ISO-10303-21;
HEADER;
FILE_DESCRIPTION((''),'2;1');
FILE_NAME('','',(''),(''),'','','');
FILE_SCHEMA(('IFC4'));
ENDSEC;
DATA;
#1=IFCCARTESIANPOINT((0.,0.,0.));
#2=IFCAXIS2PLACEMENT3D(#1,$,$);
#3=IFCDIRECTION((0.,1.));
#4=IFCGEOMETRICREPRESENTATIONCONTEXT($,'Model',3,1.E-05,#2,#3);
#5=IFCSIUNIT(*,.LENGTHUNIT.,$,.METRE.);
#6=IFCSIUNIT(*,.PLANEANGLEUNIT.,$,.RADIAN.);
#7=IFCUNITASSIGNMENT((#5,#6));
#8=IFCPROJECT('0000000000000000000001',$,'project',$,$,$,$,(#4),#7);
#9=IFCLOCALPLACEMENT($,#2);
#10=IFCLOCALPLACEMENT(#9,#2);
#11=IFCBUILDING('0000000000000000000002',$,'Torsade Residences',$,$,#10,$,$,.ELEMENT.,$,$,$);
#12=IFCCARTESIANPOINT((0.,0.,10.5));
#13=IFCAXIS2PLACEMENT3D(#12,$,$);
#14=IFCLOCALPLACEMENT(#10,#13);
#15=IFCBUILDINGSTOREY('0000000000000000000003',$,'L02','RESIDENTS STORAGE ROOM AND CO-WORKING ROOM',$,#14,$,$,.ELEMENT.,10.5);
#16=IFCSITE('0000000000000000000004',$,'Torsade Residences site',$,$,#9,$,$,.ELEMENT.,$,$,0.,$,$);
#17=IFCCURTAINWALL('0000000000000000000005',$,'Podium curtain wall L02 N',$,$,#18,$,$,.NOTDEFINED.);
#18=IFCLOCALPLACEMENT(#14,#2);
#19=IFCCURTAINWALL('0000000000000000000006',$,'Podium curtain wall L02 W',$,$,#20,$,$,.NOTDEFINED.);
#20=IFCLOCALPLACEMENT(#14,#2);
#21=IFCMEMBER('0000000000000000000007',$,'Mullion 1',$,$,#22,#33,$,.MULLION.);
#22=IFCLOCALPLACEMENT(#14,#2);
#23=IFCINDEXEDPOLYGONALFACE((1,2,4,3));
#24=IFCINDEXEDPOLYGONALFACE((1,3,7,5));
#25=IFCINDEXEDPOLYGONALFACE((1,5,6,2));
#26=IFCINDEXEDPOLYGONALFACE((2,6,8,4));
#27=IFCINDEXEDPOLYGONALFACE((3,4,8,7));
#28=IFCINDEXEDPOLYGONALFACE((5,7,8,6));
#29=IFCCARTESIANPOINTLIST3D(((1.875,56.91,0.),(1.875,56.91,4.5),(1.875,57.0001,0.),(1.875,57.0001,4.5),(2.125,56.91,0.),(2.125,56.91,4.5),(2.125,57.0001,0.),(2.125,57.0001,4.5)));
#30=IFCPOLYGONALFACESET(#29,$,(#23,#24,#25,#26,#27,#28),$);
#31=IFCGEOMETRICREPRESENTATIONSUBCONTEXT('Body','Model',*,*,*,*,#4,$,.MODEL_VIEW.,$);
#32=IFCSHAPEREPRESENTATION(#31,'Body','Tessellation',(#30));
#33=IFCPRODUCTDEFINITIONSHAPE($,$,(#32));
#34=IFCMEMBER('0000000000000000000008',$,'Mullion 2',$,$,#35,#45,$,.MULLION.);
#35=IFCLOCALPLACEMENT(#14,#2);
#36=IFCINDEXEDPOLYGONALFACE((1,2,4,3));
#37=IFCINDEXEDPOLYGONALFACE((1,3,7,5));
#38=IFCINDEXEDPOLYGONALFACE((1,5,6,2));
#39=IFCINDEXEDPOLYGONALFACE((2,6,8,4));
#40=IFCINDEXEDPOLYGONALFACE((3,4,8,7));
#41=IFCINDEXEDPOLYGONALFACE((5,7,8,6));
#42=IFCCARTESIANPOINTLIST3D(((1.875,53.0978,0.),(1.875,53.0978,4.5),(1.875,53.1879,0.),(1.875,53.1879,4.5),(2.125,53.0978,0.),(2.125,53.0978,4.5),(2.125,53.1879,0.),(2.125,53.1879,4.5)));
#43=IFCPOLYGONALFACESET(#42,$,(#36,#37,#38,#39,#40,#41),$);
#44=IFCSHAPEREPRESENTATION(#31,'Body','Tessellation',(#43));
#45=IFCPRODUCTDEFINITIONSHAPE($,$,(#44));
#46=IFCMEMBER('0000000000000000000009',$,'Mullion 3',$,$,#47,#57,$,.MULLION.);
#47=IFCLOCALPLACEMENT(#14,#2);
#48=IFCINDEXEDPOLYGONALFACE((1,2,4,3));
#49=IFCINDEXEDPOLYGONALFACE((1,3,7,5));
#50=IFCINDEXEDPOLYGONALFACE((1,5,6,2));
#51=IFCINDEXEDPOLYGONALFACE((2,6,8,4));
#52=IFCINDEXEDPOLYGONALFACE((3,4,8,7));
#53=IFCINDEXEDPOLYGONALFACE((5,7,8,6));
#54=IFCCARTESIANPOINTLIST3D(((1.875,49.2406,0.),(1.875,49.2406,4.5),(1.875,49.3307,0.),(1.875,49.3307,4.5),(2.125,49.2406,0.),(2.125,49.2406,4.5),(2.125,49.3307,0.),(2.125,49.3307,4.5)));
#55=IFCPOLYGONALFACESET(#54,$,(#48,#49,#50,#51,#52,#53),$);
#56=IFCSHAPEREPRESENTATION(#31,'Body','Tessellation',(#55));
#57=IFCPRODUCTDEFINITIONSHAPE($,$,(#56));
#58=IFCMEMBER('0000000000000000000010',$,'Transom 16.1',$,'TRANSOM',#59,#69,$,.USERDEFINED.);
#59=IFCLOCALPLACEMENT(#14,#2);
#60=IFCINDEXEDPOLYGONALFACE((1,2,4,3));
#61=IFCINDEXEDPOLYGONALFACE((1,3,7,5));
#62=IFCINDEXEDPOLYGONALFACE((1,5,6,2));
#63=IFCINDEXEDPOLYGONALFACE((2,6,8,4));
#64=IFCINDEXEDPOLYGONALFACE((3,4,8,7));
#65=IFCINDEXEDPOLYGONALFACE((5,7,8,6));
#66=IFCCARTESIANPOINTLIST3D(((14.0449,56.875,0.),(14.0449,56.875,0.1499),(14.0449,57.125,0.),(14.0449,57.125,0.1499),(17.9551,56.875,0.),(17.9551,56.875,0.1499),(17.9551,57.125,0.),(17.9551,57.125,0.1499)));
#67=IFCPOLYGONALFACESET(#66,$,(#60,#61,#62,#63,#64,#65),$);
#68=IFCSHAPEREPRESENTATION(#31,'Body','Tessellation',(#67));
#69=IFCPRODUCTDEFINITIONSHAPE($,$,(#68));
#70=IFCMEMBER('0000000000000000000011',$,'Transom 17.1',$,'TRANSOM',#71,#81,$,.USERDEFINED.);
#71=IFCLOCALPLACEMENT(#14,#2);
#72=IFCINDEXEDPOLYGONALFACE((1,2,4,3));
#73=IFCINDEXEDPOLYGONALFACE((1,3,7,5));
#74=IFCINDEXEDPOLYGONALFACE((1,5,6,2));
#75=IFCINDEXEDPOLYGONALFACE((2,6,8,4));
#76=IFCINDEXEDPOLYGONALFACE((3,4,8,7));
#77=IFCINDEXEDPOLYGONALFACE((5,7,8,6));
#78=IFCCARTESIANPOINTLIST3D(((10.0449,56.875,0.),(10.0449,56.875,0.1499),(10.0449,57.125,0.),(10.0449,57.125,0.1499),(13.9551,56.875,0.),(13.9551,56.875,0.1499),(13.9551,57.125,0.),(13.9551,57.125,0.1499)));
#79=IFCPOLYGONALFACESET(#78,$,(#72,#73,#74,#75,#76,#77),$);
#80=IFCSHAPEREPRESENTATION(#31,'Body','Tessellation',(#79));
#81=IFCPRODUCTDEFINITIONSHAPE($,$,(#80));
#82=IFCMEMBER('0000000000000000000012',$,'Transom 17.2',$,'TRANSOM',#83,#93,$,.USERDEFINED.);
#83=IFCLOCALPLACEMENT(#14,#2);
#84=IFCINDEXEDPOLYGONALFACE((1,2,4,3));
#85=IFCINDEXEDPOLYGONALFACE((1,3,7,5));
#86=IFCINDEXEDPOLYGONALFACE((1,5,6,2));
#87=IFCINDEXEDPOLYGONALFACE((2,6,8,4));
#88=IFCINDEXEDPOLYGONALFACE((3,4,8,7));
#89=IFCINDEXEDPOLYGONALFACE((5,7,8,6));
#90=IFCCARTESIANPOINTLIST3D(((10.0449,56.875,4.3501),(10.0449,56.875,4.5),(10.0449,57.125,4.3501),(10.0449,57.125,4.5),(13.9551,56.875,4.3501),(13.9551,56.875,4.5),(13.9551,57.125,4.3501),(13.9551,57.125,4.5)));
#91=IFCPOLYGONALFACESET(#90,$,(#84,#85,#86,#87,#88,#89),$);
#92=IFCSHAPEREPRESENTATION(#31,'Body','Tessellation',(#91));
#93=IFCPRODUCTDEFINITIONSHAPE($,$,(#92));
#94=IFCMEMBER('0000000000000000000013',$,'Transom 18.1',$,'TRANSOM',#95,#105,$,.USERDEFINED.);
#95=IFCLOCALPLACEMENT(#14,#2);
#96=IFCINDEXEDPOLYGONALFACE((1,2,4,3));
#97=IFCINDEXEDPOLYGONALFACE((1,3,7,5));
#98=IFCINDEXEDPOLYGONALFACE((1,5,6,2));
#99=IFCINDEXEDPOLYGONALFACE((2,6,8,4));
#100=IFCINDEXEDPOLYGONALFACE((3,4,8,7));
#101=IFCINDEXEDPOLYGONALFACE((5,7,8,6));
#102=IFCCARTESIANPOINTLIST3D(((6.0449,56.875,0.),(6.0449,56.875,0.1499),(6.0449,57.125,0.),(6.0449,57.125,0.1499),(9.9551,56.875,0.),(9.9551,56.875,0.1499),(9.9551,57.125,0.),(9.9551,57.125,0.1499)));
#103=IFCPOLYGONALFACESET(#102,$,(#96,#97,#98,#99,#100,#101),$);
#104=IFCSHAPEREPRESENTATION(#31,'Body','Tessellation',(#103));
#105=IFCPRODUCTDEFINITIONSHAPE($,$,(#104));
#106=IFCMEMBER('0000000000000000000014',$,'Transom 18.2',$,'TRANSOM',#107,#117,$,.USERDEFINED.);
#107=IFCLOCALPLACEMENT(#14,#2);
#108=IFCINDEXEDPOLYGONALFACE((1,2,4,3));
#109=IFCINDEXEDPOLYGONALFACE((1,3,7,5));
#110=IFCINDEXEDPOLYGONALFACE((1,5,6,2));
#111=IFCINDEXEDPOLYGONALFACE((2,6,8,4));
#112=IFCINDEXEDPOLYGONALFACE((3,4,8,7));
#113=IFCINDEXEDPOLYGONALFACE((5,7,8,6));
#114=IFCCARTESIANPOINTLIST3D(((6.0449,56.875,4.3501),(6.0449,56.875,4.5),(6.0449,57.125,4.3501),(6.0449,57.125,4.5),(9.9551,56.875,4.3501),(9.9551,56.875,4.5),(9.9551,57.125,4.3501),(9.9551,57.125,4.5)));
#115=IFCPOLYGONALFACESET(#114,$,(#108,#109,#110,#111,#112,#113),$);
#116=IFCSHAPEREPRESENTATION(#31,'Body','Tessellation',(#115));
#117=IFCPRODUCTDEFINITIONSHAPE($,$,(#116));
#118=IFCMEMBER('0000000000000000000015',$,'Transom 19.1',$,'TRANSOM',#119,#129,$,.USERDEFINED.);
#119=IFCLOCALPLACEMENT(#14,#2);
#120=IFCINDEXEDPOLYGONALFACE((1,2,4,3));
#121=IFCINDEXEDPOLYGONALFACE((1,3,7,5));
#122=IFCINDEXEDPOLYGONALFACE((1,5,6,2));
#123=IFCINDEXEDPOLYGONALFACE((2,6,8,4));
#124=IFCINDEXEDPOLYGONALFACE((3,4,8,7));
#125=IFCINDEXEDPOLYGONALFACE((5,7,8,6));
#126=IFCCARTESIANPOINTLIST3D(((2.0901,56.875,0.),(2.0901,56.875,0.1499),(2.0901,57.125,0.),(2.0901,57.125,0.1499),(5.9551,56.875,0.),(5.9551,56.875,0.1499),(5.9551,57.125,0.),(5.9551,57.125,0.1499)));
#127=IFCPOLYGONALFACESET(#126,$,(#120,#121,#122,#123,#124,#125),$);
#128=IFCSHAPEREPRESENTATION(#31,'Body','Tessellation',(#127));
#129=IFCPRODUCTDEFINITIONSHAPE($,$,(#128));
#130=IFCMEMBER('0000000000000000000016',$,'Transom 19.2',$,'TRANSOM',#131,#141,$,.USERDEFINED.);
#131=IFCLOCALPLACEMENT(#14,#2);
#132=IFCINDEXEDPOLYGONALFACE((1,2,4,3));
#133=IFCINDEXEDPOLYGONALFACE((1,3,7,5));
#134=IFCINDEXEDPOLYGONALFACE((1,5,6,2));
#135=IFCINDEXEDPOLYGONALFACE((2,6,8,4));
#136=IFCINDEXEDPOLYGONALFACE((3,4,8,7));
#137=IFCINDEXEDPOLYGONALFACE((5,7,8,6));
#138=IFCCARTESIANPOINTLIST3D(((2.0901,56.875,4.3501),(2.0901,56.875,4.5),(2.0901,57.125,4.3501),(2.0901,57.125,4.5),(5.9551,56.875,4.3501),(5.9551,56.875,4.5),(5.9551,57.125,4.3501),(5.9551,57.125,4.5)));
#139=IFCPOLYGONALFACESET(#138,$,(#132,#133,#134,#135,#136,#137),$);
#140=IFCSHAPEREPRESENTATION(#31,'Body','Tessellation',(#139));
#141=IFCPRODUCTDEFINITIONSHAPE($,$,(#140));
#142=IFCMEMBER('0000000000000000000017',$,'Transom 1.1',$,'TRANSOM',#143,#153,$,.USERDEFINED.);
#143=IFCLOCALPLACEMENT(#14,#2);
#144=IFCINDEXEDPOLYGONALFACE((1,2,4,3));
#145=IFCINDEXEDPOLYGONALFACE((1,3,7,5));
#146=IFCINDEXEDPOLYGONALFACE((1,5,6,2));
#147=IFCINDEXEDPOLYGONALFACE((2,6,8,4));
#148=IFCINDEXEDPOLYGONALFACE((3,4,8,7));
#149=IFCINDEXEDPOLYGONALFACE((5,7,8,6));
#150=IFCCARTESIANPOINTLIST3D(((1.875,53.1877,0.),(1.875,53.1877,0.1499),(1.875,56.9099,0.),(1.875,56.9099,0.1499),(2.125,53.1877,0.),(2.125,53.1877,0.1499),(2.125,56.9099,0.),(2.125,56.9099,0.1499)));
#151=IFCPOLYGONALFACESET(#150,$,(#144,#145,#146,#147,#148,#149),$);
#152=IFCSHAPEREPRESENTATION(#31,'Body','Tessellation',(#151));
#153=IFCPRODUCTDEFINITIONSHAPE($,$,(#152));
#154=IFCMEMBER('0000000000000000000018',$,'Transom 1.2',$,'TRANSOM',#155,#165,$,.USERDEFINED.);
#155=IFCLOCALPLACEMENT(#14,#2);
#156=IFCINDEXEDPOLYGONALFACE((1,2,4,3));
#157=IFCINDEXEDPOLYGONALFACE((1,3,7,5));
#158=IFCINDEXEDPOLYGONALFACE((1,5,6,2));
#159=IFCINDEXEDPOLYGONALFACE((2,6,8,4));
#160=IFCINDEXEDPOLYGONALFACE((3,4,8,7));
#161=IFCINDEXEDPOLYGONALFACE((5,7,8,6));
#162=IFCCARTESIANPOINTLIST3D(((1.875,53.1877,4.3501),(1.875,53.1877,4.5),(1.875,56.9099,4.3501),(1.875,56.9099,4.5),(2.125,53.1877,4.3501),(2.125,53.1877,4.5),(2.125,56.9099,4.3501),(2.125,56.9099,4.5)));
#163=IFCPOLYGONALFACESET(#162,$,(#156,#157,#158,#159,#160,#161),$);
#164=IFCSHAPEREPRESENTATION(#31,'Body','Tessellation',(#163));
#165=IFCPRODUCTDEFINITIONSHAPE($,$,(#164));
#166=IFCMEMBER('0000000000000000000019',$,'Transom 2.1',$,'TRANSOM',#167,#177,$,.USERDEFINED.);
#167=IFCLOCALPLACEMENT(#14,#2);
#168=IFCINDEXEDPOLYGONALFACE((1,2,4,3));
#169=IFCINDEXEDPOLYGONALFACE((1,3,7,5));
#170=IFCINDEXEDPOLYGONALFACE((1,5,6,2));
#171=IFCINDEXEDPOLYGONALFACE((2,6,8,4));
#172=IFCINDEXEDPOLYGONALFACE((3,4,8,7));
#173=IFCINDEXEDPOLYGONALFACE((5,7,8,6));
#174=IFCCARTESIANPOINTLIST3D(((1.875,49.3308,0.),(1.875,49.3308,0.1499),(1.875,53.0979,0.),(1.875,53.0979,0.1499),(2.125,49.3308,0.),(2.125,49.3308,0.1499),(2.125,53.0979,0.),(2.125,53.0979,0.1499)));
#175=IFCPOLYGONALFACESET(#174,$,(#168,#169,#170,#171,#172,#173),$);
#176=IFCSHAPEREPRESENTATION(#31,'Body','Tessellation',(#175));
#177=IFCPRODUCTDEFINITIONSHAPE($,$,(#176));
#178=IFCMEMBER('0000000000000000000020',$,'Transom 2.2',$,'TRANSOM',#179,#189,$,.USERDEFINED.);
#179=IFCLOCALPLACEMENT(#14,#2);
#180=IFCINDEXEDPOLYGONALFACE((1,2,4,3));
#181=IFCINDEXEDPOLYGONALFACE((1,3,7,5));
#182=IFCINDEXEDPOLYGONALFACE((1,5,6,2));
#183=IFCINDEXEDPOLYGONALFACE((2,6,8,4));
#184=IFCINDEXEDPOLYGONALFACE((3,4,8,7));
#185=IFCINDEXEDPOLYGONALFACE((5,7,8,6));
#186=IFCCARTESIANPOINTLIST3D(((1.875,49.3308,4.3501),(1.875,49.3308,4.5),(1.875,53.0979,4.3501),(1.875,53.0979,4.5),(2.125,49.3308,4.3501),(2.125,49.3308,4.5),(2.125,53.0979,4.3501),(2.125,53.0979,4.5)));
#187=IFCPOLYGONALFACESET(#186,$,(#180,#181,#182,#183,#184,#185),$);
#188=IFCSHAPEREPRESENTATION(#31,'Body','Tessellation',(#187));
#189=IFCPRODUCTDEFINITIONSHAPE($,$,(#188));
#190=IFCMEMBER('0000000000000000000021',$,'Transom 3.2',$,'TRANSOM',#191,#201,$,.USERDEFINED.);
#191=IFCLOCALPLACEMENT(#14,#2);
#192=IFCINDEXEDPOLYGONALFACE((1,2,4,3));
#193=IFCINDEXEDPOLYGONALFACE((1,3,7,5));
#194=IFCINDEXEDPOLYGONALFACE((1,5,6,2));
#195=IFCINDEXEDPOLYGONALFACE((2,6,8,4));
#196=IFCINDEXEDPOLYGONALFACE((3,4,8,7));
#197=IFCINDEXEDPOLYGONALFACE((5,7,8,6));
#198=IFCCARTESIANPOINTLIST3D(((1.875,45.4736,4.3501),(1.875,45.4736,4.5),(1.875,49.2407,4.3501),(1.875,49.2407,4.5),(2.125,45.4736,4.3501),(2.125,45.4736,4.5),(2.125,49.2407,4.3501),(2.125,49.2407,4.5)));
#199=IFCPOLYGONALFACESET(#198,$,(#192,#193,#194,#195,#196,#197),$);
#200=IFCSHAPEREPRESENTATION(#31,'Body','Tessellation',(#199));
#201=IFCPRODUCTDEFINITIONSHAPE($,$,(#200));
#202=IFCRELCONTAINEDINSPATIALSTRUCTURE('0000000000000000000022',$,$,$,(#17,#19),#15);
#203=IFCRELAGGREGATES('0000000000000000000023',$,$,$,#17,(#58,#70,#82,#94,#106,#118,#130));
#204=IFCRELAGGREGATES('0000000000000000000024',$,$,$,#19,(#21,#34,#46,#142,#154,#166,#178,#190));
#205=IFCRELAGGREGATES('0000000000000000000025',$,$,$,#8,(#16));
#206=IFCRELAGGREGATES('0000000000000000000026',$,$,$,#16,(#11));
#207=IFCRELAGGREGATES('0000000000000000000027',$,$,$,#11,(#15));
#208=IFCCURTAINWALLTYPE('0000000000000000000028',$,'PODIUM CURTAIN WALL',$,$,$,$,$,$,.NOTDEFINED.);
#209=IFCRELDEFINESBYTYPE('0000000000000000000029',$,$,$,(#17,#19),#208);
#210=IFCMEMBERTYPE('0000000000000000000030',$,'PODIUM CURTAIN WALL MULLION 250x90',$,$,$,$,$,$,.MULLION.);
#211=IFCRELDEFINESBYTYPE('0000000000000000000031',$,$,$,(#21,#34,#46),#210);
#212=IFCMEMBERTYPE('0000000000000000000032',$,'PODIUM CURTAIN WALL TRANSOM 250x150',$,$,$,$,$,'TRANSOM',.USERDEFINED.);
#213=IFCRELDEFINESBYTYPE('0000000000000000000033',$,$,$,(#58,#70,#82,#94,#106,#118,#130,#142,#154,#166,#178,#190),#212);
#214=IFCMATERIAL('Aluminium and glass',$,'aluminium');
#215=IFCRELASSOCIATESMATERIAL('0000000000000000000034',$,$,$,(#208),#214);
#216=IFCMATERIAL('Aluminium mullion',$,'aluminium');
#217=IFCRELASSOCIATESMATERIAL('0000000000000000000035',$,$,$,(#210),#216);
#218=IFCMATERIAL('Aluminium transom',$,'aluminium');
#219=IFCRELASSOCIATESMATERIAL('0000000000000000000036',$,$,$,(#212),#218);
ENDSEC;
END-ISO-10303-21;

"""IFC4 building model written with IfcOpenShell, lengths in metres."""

from ifc_helpers import new_model, si_unit, direction, frame, origin, origin_2d, place, context, subcontext, project, spatial, rectangle, extrude, material, material_profile, profile_set, type_object, element, aggregate, save


model = new_model("IFC4")

# Units and contexts
model_context = context("Model", 3, precision=1e-05, world=origin(), true_north=direction((0.0, 1.0)))
body_context = subcontext(model_context, "Body", "Model", "MODEL_VIEW")
ifc_project = project(units=[si_unit("LENGTHUNIT", "METRE"), si_unit("PLANEANGLEUNIT", "RADIAN")], contexts=[model_context])

# Site, building, storey
site_placement = place(None, origin())
site = spatial("IfcSite", under=ifc_project, at=site_placement, Name="Torsade Residences site", CompositionType="ELEMENT", RefElevation=0.0)
building_placement = place(site_placement, origin())
building = spatial("IfcBuilding", under=site, at=building_placement, Name="Torsade Residences", CompositionType="ELEMENT")
storey_placement = place(building_placement, frame((0.0, 0.0, 10.5)))
storey = spatial("IfcBuildingStorey", under=building, at=storey_placement, Name="L02", Description="RESIDENTS STORAGE ROOM AND CO-WORKING ROOM", CompositionType="ELEMENT", Elevation=10.5)

# Curtain walls, members
ifc_material_1 = material(Name="Aluminium and glass", Category="aluminium")
curtain_wall_type = type_object("IfcCurtainWallType", Name="PODIUM CURTAIN WALL", PredefinedType="NOTDEFINED", material=ifc_material_1)
curtain_wall_1_placement = place(storey_placement, origin())
curtain_wall_1 = element("IfcCurtainWall", 1, at=curtain_wall_1_placement, inside=storey, type_object=curtain_wall_type, Name="Podium curtain wall L02 N", PredefinedType="NOTDEFINED")
ifc_material_2 = material(Name="Aluminium mullion", Category="aluminium")
ifc_material_profile_1 = material_profile(ifc_material_2, rectangle(XDim=0.25, YDim=0.0901, at=origin_2d()), Name="PODIUM CURTAIN WALL MULLION 250x90")
ifc_profile_set_1 = profile_set([ifc_material_profile_1], Name="Aluminium mullion")
member_type_1 = type_object("IfcMemberType", Name="PODIUM CURTAIN WALL MULLION 250x90", PredefinedType="MULLION", material=ifc_profile_set_1)
curtain_wall_2_placement = place(storey_placement, origin())
curtain_wall_2 = element("IfcCurtainWall", 2, at=curtain_wall_2_placement, inside=storey, type_object=curtain_wall_type, Name="Podium curtain wall L02 W", PredefinedType="NOTDEFINED")
member_1_placement = place(storey_placement, frame((2.0, 56.9551, 0.0), z_axis=(0.0, 0.0, 1.0), x_axis=(1.0, 0.0, 0.0)))
member_1 = element("IfcMember", 3, at=member_1_placement, type_object=member_type_1, Name="Mullion 1", PredefinedType="MULLION", context=body_context, shape_type="SweptSolid", body=[
    extrude(rectangle(XDim=0.25, YDim=0.0901, at=origin_2d()), origin(), (0.0, 0.0, 1.0), 4.5),
])
member_2_placement = place(storey_placement, frame((2.0, 53.1428, 0.0), z_axis=(0.0, 0.0, 1.0), x_axis=(1.0, 0.0, 0.0)))
member_2 = element("IfcMember", 4, at=member_2_placement, type_object=member_type_1, Name="Mullion 2", PredefinedType="MULLION", context=body_context, shape_type="SweptSolid", body=[
    extrude(rectangle(XDim=0.25, YDim=0.0901, at=origin_2d()), origin(), (0.0, 0.0, 1.0), 4.5),
])
member_3_placement = place(storey_placement, frame((2.0, 49.2856, 0.0), z_axis=(0.0, 0.0, 1.0), x_axis=(1.0, 0.0, 0.0)))
member_3 = element("IfcMember", 5, at=member_3_placement, type_object=member_type_1, Name="Mullion 3", PredefinedType="MULLION", context=body_context, shape_type="SweptSolid", body=[
    extrude(rectangle(XDim=0.25, YDim=0.0901, at=origin_2d()), origin(), (0.0, 0.0, 1.0), 4.5),
])

# Members
ifc_material_3 = material(Name="Aluminium transom", Category="aluminium")
ifc_material_profile_2 = material_profile(ifc_material_3, rectangle(XDim=0.25, YDim=0.1499, at=origin_2d()), Name="PODIUM CURTAIN WALL TRANSOM 250x150")
ifc_profile_set_2 = profile_set([ifc_material_profile_2], Name="Aluminium transom")
member_type_2 = type_object("IfcMemberType", Name="PODIUM CURTAIN WALL TRANSOM 250x150", ElementType="TRANSOM", PredefinedType="USERDEFINED", material=ifc_profile_set_2)
member_4_placement = place(storey_placement, frame((17.9551, 57.0, 0.075), z_axis=(-1.0, 0.0, 0.0), x_axis=(0.0, -1.0, 0.0)))
member_4 = element("IfcMember", 6, at=member_4_placement, type_object=member_type_2, Name="Transom 16.1", ObjectType="TRANSOM", PredefinedType="USERDEFINED", context=body_context, shape_type="SweptSolid", body=[
    extrude(rectangle(XDim=0.25, YDim=0.1499, at=origin_2d()), origin(), (0.0, 0.0, 1.0), 3.9102),
])
member_5_placement = place(storey_placement, frame((13.9551, 57.0, 0.075), z_axis=(-1.0, 0.0, 0.0), x_axis=(0.0, -1.0, 0.0)))
member_5 = element("IfcMember", 7, at=member_5_placement, type_object=member_type_2, Name="Transom 17.1", ObjectType="TRANSOM", PredefinedType="USERDEFINED", context=body_context, shape_type="SweptSolid", body=[
    extrude(rectangle(XDim=0.25, YDim=0.1499, at=origin_2d()), origin(), (0.0, 0.0, 1.0), 3.9102),
])
member_6_placement = place(storey_placement, frame((13.9551, 57.0, 4.425), z_axis=(-1.0, 0.0, 0.0), x_axis=(0.0, -1.0, 0.0)))
member_6 = element("IfcMember", 8, at=member_6_placement, type_object=member_type_2, Name="Transom 17.2", ObjectType="TRANSOM", PredefinedType="USERDEFINED", context=body_context, shape_type="SweptSolid", body=[
    extrude(rectangle(XDim=0.25, YDim=0.1499, at=origin_2d()), origin(), (0.0, 0.0, 1.0), 3.9102),
])
member_7_placement = place(storey_placement, frame((9.9551, 57.0, 0.075), z_axis=(-1.0, 0.0, 0.0), x_axis=(0.0, -1.0, 0.0)))
member_7 = element("IfcMember", 9, at=member_7_placement, type_object=member_type_2, Name="Transom 18.1", ObjectType="TRANSOM", PredefinedType="USERDEFINED", context=body_context, shape_type="SweptSolid", body=[
    extrude(rectangle(XDim=0.25, YDim=0.1499, at=origin_2d()), origin(), (0.0, 0.0, 1.0), 3.9102),
])
member_8_placement = place(storey_placement, frame((9.9551, 57.0, 4.425), z_axis=(-1.0, 0.0, 0.0), x_axis=(0.0, -1.0, 0.0)))
member_8 = element("IfcMember", 10, at=member_8_placement, type_object=member_type_2, Name="Transom 18.2", ObjectType="TRANSOM", PredefinedType="USERDEFINED", context=body_context, shape_type="SweptSolid", body=[
    extrude(rectangle(XDim=0.25, YDim=0.1499, at=origin_2d()), origin(), (0.0, 0.0, 1.0), 3.9102),
])
member_9_placement = place(storey_placement, frame((5.9551, 57.0, 0.075), z_axis=(-1.0, 0.0, 0.0), x_axis=(0.0, -1.0, 0.0)))
member_9 = element("IfcMember", 11, at=member_9_placement, type_object=member_type_2, Name="Transom 19.1", ObjectType="TRANSOM", PredefinedType="USERDEFINED", context=body_context, shape_type="SweptSolid", body=[
    extrude(rectangle(XDim=0.25, YDim=0.1499, at=origin_2d()), origin(), (0.0, 0.0, 1.0), 3.865),
])
member_10_placement = place(storey_placement, frame((5.9551, 57.0, 4.425), z_axis=(-1.0, 0.0, 0.0), x_axis=(0.0, -1.0, 0.0)))
member_10 = element("IfcMember", 12, at=member_10_placement, type_object=member_type_2, Name="Transom 19.2", ObjectType="TRANSOM", PredefinedType="USERDEFINED", context=body_context, shape_type="SweptSolid", body=[
    extrude(rectangle(XDim=0.25, YDim=0.1499, at=origin_2d()), origin(), (0.0, 0.0, 1.0), 3.865),
])
member_11_placement = place(storey_placement, frame((2.0, 56.9099, 0.075), z_axis=(0.0, -1.0, 0.0), x_axis=(1.0, 0.0, 0.0)))
member_11 = element("IfcMember", 13, at=member_11_placement, type_object=member_type_2, Name="Transom 1.1", ObjectType="TRANSOM", PredefinedType="USERDEFINED", context=body_context, shape_type="SweptSolid", body=[
    extrude(rectangle(XDim=0.25, YDim=0.1499, at=origin_2d()), origin(), (0.0, 0.0, 1.0), 3.7222),
])
member_12_placement = place(storey_placement, frame((2.0, 56.9099, 4.425), z_axis=(0.0, -1.0, 0.0), x_axis=(1.0, 0.0, 0.0)))
member_12 = element("IfcMember", 14, at=member_12_placement, type_object=member_type_2, Name="Transom 1.2", ObjectType="TRANSOM", PredefinedType="USERDEFINED", context=body_context, shape_type="SweptSolid", body=[
    extrude(rectangle(XDim=0.25, YDim=0.1499, at=origin_2d()), origin(), (0.0, 0.0, 1.0), 3.7222),
])
member_13_placement = place(storey_placement, frame((2.0, 53.0979, 0.075), z_axis=(0.0, -1.0, 0.0), x_axis=(1.0, 0.0, 0.0)))
member_13 = element("IfcMember", 15, at=member_13_placement, type_object=member_type_2, Name="Transom 2.1", ObjectType="TRANSOM", PredefinedType="USERDEFINED", context=body_context, shape_type="SweptSolid", body=[
    extrude(rectangle(XDim=0.25, YDim=0.1499, at=origin_2d()), origin(), (0.0, 0.0, 1.0), 3.7671),
])
member_14_placement = place(storey_placement, frame((2.0, 53.0979, 4.425), z_axis=(0.0, -1.0, 0.0), x_axis=(1.0, 0.0, 0.0)))
member_14 = element("IfcMember", 16, at=member_14_placement, type_object=member_type_2, Name="Transom 2.2", ObjectType="TRANSOM", PredefinedType="USERDEFINED", context=body_context, shape_type="SweptSolid", body=[
    extrude(rectangle(XDim=0.25, YDim=0.1499, at=origin_2d()), origin(), (0.0, 0.0, 1.0), 3.7671),
])
member_15_placement = place(storey_placement, frame((2.0, 49.2407, 4.425), z_axis=(0.0, -1.0, 0.0), x_axis=(1.0, 0.0, 0.0)))
member_15 = element("IfcMember", 17, at=member_15_placement, type_object=member_type_2, Name="Transom 3.2", ObjectType="TRANSOM", PredefinedType="USERDEFINED", context=body_context, shape_type="SweptSolid", body=[
    extrude(rectangle(XDim=0.25, YDim=0.1499, at=origin_2d()), origin(), (0.0, 0.0, 1.0), 3.7671),
])

aggregate(curtain_wall_1, [member_4, member_5, member_6, member_7, member_8, member_9, member_10])
aggregate(curtain_wall_2, [member_1, member_2, member_3, member_11, member_12, member_13, member_14, member_15])

save(model, "model.ifc")
